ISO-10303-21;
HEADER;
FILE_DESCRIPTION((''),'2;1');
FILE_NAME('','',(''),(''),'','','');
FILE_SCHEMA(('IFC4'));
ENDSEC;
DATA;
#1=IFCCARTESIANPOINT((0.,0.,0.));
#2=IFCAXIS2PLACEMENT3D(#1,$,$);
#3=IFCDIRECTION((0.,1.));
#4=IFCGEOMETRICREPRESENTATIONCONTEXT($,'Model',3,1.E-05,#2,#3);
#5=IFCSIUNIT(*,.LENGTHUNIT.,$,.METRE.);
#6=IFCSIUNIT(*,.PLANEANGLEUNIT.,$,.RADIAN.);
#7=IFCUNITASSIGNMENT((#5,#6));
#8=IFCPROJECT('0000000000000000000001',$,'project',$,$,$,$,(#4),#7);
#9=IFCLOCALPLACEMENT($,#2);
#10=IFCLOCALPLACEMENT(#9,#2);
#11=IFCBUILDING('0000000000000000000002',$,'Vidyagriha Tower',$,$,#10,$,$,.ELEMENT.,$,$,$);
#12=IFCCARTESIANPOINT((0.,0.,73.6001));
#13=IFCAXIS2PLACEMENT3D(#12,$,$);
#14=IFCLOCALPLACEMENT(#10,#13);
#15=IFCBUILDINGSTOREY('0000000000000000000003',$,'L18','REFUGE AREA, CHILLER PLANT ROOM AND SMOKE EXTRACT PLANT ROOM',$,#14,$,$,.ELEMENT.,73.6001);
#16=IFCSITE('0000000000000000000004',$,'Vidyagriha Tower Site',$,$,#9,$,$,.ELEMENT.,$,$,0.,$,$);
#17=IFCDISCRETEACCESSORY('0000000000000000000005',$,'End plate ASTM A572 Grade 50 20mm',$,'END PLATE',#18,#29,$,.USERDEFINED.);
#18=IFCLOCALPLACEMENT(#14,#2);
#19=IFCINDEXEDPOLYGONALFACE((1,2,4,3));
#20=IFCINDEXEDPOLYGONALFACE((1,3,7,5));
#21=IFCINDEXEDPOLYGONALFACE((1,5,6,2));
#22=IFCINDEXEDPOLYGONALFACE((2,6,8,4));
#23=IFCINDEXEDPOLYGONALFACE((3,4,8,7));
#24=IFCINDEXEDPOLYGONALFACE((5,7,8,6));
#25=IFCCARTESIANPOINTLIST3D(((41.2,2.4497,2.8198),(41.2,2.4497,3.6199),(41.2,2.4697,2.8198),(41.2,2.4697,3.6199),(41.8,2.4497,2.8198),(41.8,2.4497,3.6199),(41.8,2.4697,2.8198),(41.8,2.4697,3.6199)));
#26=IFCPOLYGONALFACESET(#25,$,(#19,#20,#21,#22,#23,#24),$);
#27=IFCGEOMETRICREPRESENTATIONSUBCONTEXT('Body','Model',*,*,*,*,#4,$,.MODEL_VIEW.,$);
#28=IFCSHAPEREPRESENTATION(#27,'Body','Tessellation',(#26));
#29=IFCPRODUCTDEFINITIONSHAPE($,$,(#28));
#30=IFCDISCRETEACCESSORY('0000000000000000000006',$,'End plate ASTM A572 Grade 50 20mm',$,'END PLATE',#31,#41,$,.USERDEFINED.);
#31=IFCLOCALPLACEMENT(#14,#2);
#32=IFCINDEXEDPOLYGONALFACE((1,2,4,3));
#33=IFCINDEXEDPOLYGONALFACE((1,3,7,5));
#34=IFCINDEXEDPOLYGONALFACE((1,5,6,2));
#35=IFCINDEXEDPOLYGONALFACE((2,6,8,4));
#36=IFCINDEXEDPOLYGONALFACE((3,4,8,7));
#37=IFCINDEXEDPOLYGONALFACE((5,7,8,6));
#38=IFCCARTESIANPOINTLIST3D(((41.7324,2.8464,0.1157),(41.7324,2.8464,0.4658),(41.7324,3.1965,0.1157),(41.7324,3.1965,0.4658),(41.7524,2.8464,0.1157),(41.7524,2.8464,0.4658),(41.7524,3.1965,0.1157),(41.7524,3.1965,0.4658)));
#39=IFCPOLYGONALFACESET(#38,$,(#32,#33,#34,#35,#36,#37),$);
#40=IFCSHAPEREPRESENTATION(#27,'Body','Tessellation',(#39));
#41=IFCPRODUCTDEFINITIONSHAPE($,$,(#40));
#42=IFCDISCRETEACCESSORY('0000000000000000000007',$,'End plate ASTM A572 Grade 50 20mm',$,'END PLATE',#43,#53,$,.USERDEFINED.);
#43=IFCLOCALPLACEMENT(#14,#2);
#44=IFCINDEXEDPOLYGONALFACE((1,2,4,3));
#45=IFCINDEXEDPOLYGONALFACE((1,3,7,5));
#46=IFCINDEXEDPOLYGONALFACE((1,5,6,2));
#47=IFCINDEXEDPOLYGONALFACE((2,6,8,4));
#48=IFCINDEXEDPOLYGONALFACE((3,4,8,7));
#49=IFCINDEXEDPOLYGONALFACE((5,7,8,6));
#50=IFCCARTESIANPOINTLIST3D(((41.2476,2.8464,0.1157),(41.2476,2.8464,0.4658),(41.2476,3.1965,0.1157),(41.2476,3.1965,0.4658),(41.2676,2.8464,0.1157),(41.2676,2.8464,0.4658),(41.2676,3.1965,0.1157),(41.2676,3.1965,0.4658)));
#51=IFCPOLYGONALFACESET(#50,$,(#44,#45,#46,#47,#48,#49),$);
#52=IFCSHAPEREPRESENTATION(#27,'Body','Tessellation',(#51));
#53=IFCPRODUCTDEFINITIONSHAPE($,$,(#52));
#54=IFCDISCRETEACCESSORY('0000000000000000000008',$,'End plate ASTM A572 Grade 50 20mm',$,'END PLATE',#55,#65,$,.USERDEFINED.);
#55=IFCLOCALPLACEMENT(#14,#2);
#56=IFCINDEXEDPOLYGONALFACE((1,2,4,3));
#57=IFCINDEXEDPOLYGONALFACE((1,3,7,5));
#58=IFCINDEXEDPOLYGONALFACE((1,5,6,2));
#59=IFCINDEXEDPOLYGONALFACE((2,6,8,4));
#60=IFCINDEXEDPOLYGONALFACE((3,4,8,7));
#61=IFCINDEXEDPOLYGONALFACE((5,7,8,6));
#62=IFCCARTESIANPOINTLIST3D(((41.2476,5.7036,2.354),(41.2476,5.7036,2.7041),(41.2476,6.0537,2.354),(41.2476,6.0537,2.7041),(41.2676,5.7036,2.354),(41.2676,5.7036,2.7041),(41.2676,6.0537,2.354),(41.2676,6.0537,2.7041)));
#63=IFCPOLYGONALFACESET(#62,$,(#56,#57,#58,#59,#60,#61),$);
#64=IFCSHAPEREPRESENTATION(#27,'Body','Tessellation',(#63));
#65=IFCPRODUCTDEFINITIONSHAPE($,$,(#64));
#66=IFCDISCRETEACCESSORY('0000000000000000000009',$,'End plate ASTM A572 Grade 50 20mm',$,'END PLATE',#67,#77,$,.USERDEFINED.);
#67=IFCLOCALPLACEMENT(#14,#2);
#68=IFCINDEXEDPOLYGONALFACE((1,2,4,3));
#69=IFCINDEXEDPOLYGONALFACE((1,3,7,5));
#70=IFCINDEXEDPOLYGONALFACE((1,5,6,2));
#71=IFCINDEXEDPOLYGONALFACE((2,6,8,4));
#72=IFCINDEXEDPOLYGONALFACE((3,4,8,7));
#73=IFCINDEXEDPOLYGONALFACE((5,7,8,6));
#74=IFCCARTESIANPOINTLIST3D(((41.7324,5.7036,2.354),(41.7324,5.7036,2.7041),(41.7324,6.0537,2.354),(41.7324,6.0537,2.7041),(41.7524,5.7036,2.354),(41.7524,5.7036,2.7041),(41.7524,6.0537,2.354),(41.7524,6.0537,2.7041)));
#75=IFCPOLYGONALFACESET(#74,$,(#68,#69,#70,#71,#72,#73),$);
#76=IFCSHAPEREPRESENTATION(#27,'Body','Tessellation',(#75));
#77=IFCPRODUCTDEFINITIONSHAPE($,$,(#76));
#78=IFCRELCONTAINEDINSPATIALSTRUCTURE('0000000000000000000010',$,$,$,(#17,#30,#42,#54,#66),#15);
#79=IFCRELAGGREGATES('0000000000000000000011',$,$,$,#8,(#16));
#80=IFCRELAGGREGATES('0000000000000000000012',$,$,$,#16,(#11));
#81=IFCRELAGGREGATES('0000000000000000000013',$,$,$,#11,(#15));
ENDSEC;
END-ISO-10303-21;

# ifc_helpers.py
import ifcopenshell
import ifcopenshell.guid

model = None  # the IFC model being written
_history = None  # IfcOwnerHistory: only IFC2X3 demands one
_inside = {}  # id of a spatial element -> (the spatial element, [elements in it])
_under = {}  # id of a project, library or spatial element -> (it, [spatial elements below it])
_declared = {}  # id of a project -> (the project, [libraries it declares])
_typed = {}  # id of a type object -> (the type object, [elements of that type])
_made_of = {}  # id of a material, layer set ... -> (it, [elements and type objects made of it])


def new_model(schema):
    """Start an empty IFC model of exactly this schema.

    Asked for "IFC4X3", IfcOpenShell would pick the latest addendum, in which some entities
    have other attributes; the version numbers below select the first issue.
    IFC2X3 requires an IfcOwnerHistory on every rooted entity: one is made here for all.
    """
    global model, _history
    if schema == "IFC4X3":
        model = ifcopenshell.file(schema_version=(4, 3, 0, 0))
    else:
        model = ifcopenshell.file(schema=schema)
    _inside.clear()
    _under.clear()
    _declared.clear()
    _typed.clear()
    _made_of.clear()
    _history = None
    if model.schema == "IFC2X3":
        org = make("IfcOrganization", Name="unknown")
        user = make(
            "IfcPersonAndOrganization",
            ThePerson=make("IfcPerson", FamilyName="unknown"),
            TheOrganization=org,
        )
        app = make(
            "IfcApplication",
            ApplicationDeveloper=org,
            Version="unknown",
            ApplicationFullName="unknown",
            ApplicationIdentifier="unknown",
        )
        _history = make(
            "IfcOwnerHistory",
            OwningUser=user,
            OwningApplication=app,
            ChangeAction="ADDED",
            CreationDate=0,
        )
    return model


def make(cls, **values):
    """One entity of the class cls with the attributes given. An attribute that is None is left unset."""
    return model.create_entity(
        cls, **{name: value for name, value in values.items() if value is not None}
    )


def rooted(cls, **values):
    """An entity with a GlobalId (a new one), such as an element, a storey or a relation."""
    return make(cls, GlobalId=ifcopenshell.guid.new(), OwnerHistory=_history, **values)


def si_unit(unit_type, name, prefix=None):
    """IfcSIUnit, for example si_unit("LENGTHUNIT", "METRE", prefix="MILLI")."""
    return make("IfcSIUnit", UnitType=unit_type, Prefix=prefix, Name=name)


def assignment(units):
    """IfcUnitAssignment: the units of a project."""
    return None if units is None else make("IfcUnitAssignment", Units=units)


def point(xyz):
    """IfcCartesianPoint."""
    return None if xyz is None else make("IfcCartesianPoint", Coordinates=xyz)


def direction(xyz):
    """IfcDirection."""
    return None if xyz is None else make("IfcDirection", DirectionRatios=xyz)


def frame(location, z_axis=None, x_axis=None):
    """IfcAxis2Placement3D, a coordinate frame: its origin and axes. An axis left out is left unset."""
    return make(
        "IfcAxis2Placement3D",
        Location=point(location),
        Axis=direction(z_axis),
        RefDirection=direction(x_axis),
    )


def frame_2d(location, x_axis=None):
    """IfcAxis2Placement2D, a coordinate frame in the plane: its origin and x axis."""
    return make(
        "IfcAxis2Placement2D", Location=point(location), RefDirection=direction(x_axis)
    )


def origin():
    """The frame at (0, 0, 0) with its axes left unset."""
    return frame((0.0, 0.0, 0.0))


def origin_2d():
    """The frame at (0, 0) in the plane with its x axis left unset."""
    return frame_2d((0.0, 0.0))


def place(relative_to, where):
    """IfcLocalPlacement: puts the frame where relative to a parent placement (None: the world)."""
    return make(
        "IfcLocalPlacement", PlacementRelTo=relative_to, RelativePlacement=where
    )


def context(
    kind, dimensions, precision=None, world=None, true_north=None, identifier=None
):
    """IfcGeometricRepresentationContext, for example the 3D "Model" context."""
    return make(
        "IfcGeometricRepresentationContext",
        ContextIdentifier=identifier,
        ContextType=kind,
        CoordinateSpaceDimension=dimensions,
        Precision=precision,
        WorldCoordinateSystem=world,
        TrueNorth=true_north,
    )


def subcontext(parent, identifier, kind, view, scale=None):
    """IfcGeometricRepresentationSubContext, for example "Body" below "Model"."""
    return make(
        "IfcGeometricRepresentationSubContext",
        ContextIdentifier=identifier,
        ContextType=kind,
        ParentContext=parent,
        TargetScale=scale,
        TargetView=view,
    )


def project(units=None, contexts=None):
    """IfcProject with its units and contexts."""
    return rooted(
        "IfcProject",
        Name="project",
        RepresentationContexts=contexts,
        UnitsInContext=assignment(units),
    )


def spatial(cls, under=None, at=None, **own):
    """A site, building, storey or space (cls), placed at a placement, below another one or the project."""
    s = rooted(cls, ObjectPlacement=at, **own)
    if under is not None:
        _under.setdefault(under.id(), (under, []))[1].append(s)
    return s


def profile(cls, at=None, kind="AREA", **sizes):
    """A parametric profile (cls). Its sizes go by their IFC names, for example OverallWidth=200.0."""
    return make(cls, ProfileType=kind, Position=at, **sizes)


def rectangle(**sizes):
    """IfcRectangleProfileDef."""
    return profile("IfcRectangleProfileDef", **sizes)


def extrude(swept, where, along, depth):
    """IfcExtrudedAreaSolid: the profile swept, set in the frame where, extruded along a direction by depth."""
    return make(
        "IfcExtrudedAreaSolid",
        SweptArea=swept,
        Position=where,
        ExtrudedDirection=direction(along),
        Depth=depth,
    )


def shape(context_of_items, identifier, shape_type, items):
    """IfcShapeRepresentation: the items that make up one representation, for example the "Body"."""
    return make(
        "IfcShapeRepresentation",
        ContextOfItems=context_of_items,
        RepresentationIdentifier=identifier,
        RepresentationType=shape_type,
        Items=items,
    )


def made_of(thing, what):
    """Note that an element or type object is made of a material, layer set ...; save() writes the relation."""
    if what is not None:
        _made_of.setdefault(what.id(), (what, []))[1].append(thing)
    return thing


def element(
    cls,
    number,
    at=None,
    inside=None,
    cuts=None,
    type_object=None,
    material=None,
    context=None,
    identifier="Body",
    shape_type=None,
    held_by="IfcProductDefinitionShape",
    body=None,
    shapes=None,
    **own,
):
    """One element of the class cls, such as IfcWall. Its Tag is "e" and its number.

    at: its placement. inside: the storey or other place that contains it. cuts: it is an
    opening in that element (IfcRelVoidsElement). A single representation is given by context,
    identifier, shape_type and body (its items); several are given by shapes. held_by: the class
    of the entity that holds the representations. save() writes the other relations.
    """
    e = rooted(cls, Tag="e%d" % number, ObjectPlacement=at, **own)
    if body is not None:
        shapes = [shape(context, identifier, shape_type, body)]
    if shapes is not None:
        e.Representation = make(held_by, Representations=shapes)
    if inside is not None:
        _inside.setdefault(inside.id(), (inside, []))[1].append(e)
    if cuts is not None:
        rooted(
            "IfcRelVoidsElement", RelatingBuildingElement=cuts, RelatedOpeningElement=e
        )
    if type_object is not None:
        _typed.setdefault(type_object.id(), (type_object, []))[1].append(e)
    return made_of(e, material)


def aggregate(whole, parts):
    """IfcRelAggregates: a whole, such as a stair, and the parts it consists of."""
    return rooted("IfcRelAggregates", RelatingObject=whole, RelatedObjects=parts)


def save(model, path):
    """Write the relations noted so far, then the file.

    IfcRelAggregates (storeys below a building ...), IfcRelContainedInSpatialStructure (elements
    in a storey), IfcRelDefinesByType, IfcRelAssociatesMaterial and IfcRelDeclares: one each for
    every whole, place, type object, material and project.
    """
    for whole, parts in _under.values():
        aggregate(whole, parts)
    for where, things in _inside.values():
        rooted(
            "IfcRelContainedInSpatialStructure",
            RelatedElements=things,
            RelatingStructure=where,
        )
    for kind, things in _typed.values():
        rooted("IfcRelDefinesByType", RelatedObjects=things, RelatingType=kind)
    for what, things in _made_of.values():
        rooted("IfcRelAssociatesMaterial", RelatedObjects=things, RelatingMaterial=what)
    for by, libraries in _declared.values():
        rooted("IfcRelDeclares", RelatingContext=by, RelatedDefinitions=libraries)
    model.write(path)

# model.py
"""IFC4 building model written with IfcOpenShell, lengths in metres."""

from ifc_helpers import new_model, si_unit, direction, frame, origin, origin_2d, place, context, subcontext, project, spatial, rectangle, extrude, element, save


model = new_model("IFC4")

# Units and contexts
model_context = context("Model", 3, precision=1e-05, world=origin(), true_north=direction((0.0, 1.0)))
body_context = subcontext(model_context, "Body", "Model", "MODEL_VIEW")
ifc_project = project(units=[si_unit("LENGTHUNIT", "METRE"), si_unit("PLANEANGLEUNIT", "RADIAN")], contexts=[model_context])

# Site, building, storey
site_placement = place(None, origin())
site = spatial("IfcSite", under=ifc_project, at=site_placement, Name="Vidyagriha Tower Site", CompositionType="ELEMENT", RefElevation=0.0)
building_placement = place(site_placement, origin())
building = spatial("IfcBuilding", under=site, at=building_placement, Name="Vidyagriha Tower", CompositionType="ELEMENT")
storey_placement = place(building_placement, frame((0.0, 0.0, 73.6001)))
storey = spatial("IfcBuildingStorey", under=building, at=storey_placement, Name="L18", Description="REFUGE AREA, CHILLER PLANT ROOM AND SMOKE EXTRACT PLANT ROOM", CompositionType="ELEMENT", Elevation=73.6001)

# Discrete accessories
for number, where, z_axis, x_axis, name in (
    (1, (41.5, 2.4597, 2.8198), (0.0, 0.0, 1.0), (0.0, -1.0, 0.0), "End plate ASTM A572 Grade 50 20mm"),
):
    element("IfcDiscreteAccessory", number, at=place(storey_placement, frame(where, z_axis=z_axis, x_axis=x_axis)), inside=storey, Name=name, ObjectType="END PLATE", PredefinedType="USERDEFINED", context=body_context, shape_type="SweptSolid", body=[
        extrude(rectangle(XDim=0.02, YDim=0.6001, at=origin_2d()), origin(), (0.0, 0.0, 1.0), 0.8),
    ])
for number, where, z_axis, x_axis, name in (
    (2, (41.7424, 3.0215, 0.1157), (0.0, 0.0, 1.0), (0.0, -1.0, 0.0), "End plate ASTM A572 Grade 50 20mm"),
    (3, (41.2576, 3.0215, 0.1157), (0.0, 0.0, 1.0), (0.0, -1.0, 0.0), "End plate ASTM A572 Grade 50 20mm"),
    (4, (41.2576, 5.8787, 2.354), (0.0, 0.0, 1.0), (0.0, 1.0, 0.0), "End plate ASTM A572 Grade 50 20mm"),
    (5, (41.7424, 5.8787, 2.354), (0.0, 0.0, 1.0), (0.0, 1.0, 0.0), "End plate ASTM A572 Grade 50 20mm"),
):
    element("IfcDiscreteAccessory", number, at=place(storey_placement, frame(where, z_axis=z_axis, x_axis=x_axis)), inside=storey, Name=name, ObjectType="END PLATE", PredefinedType="USERDEFINED", context=body_context, shape_type="SweptSolid", body=[
        extrude(rectangle(XDim=0.3501, YDim=0.02, at=origin_2d()), origin(), (0.0, 0.0, 1.0), 0.3501),
    ])

save(model, "model.ifc")
